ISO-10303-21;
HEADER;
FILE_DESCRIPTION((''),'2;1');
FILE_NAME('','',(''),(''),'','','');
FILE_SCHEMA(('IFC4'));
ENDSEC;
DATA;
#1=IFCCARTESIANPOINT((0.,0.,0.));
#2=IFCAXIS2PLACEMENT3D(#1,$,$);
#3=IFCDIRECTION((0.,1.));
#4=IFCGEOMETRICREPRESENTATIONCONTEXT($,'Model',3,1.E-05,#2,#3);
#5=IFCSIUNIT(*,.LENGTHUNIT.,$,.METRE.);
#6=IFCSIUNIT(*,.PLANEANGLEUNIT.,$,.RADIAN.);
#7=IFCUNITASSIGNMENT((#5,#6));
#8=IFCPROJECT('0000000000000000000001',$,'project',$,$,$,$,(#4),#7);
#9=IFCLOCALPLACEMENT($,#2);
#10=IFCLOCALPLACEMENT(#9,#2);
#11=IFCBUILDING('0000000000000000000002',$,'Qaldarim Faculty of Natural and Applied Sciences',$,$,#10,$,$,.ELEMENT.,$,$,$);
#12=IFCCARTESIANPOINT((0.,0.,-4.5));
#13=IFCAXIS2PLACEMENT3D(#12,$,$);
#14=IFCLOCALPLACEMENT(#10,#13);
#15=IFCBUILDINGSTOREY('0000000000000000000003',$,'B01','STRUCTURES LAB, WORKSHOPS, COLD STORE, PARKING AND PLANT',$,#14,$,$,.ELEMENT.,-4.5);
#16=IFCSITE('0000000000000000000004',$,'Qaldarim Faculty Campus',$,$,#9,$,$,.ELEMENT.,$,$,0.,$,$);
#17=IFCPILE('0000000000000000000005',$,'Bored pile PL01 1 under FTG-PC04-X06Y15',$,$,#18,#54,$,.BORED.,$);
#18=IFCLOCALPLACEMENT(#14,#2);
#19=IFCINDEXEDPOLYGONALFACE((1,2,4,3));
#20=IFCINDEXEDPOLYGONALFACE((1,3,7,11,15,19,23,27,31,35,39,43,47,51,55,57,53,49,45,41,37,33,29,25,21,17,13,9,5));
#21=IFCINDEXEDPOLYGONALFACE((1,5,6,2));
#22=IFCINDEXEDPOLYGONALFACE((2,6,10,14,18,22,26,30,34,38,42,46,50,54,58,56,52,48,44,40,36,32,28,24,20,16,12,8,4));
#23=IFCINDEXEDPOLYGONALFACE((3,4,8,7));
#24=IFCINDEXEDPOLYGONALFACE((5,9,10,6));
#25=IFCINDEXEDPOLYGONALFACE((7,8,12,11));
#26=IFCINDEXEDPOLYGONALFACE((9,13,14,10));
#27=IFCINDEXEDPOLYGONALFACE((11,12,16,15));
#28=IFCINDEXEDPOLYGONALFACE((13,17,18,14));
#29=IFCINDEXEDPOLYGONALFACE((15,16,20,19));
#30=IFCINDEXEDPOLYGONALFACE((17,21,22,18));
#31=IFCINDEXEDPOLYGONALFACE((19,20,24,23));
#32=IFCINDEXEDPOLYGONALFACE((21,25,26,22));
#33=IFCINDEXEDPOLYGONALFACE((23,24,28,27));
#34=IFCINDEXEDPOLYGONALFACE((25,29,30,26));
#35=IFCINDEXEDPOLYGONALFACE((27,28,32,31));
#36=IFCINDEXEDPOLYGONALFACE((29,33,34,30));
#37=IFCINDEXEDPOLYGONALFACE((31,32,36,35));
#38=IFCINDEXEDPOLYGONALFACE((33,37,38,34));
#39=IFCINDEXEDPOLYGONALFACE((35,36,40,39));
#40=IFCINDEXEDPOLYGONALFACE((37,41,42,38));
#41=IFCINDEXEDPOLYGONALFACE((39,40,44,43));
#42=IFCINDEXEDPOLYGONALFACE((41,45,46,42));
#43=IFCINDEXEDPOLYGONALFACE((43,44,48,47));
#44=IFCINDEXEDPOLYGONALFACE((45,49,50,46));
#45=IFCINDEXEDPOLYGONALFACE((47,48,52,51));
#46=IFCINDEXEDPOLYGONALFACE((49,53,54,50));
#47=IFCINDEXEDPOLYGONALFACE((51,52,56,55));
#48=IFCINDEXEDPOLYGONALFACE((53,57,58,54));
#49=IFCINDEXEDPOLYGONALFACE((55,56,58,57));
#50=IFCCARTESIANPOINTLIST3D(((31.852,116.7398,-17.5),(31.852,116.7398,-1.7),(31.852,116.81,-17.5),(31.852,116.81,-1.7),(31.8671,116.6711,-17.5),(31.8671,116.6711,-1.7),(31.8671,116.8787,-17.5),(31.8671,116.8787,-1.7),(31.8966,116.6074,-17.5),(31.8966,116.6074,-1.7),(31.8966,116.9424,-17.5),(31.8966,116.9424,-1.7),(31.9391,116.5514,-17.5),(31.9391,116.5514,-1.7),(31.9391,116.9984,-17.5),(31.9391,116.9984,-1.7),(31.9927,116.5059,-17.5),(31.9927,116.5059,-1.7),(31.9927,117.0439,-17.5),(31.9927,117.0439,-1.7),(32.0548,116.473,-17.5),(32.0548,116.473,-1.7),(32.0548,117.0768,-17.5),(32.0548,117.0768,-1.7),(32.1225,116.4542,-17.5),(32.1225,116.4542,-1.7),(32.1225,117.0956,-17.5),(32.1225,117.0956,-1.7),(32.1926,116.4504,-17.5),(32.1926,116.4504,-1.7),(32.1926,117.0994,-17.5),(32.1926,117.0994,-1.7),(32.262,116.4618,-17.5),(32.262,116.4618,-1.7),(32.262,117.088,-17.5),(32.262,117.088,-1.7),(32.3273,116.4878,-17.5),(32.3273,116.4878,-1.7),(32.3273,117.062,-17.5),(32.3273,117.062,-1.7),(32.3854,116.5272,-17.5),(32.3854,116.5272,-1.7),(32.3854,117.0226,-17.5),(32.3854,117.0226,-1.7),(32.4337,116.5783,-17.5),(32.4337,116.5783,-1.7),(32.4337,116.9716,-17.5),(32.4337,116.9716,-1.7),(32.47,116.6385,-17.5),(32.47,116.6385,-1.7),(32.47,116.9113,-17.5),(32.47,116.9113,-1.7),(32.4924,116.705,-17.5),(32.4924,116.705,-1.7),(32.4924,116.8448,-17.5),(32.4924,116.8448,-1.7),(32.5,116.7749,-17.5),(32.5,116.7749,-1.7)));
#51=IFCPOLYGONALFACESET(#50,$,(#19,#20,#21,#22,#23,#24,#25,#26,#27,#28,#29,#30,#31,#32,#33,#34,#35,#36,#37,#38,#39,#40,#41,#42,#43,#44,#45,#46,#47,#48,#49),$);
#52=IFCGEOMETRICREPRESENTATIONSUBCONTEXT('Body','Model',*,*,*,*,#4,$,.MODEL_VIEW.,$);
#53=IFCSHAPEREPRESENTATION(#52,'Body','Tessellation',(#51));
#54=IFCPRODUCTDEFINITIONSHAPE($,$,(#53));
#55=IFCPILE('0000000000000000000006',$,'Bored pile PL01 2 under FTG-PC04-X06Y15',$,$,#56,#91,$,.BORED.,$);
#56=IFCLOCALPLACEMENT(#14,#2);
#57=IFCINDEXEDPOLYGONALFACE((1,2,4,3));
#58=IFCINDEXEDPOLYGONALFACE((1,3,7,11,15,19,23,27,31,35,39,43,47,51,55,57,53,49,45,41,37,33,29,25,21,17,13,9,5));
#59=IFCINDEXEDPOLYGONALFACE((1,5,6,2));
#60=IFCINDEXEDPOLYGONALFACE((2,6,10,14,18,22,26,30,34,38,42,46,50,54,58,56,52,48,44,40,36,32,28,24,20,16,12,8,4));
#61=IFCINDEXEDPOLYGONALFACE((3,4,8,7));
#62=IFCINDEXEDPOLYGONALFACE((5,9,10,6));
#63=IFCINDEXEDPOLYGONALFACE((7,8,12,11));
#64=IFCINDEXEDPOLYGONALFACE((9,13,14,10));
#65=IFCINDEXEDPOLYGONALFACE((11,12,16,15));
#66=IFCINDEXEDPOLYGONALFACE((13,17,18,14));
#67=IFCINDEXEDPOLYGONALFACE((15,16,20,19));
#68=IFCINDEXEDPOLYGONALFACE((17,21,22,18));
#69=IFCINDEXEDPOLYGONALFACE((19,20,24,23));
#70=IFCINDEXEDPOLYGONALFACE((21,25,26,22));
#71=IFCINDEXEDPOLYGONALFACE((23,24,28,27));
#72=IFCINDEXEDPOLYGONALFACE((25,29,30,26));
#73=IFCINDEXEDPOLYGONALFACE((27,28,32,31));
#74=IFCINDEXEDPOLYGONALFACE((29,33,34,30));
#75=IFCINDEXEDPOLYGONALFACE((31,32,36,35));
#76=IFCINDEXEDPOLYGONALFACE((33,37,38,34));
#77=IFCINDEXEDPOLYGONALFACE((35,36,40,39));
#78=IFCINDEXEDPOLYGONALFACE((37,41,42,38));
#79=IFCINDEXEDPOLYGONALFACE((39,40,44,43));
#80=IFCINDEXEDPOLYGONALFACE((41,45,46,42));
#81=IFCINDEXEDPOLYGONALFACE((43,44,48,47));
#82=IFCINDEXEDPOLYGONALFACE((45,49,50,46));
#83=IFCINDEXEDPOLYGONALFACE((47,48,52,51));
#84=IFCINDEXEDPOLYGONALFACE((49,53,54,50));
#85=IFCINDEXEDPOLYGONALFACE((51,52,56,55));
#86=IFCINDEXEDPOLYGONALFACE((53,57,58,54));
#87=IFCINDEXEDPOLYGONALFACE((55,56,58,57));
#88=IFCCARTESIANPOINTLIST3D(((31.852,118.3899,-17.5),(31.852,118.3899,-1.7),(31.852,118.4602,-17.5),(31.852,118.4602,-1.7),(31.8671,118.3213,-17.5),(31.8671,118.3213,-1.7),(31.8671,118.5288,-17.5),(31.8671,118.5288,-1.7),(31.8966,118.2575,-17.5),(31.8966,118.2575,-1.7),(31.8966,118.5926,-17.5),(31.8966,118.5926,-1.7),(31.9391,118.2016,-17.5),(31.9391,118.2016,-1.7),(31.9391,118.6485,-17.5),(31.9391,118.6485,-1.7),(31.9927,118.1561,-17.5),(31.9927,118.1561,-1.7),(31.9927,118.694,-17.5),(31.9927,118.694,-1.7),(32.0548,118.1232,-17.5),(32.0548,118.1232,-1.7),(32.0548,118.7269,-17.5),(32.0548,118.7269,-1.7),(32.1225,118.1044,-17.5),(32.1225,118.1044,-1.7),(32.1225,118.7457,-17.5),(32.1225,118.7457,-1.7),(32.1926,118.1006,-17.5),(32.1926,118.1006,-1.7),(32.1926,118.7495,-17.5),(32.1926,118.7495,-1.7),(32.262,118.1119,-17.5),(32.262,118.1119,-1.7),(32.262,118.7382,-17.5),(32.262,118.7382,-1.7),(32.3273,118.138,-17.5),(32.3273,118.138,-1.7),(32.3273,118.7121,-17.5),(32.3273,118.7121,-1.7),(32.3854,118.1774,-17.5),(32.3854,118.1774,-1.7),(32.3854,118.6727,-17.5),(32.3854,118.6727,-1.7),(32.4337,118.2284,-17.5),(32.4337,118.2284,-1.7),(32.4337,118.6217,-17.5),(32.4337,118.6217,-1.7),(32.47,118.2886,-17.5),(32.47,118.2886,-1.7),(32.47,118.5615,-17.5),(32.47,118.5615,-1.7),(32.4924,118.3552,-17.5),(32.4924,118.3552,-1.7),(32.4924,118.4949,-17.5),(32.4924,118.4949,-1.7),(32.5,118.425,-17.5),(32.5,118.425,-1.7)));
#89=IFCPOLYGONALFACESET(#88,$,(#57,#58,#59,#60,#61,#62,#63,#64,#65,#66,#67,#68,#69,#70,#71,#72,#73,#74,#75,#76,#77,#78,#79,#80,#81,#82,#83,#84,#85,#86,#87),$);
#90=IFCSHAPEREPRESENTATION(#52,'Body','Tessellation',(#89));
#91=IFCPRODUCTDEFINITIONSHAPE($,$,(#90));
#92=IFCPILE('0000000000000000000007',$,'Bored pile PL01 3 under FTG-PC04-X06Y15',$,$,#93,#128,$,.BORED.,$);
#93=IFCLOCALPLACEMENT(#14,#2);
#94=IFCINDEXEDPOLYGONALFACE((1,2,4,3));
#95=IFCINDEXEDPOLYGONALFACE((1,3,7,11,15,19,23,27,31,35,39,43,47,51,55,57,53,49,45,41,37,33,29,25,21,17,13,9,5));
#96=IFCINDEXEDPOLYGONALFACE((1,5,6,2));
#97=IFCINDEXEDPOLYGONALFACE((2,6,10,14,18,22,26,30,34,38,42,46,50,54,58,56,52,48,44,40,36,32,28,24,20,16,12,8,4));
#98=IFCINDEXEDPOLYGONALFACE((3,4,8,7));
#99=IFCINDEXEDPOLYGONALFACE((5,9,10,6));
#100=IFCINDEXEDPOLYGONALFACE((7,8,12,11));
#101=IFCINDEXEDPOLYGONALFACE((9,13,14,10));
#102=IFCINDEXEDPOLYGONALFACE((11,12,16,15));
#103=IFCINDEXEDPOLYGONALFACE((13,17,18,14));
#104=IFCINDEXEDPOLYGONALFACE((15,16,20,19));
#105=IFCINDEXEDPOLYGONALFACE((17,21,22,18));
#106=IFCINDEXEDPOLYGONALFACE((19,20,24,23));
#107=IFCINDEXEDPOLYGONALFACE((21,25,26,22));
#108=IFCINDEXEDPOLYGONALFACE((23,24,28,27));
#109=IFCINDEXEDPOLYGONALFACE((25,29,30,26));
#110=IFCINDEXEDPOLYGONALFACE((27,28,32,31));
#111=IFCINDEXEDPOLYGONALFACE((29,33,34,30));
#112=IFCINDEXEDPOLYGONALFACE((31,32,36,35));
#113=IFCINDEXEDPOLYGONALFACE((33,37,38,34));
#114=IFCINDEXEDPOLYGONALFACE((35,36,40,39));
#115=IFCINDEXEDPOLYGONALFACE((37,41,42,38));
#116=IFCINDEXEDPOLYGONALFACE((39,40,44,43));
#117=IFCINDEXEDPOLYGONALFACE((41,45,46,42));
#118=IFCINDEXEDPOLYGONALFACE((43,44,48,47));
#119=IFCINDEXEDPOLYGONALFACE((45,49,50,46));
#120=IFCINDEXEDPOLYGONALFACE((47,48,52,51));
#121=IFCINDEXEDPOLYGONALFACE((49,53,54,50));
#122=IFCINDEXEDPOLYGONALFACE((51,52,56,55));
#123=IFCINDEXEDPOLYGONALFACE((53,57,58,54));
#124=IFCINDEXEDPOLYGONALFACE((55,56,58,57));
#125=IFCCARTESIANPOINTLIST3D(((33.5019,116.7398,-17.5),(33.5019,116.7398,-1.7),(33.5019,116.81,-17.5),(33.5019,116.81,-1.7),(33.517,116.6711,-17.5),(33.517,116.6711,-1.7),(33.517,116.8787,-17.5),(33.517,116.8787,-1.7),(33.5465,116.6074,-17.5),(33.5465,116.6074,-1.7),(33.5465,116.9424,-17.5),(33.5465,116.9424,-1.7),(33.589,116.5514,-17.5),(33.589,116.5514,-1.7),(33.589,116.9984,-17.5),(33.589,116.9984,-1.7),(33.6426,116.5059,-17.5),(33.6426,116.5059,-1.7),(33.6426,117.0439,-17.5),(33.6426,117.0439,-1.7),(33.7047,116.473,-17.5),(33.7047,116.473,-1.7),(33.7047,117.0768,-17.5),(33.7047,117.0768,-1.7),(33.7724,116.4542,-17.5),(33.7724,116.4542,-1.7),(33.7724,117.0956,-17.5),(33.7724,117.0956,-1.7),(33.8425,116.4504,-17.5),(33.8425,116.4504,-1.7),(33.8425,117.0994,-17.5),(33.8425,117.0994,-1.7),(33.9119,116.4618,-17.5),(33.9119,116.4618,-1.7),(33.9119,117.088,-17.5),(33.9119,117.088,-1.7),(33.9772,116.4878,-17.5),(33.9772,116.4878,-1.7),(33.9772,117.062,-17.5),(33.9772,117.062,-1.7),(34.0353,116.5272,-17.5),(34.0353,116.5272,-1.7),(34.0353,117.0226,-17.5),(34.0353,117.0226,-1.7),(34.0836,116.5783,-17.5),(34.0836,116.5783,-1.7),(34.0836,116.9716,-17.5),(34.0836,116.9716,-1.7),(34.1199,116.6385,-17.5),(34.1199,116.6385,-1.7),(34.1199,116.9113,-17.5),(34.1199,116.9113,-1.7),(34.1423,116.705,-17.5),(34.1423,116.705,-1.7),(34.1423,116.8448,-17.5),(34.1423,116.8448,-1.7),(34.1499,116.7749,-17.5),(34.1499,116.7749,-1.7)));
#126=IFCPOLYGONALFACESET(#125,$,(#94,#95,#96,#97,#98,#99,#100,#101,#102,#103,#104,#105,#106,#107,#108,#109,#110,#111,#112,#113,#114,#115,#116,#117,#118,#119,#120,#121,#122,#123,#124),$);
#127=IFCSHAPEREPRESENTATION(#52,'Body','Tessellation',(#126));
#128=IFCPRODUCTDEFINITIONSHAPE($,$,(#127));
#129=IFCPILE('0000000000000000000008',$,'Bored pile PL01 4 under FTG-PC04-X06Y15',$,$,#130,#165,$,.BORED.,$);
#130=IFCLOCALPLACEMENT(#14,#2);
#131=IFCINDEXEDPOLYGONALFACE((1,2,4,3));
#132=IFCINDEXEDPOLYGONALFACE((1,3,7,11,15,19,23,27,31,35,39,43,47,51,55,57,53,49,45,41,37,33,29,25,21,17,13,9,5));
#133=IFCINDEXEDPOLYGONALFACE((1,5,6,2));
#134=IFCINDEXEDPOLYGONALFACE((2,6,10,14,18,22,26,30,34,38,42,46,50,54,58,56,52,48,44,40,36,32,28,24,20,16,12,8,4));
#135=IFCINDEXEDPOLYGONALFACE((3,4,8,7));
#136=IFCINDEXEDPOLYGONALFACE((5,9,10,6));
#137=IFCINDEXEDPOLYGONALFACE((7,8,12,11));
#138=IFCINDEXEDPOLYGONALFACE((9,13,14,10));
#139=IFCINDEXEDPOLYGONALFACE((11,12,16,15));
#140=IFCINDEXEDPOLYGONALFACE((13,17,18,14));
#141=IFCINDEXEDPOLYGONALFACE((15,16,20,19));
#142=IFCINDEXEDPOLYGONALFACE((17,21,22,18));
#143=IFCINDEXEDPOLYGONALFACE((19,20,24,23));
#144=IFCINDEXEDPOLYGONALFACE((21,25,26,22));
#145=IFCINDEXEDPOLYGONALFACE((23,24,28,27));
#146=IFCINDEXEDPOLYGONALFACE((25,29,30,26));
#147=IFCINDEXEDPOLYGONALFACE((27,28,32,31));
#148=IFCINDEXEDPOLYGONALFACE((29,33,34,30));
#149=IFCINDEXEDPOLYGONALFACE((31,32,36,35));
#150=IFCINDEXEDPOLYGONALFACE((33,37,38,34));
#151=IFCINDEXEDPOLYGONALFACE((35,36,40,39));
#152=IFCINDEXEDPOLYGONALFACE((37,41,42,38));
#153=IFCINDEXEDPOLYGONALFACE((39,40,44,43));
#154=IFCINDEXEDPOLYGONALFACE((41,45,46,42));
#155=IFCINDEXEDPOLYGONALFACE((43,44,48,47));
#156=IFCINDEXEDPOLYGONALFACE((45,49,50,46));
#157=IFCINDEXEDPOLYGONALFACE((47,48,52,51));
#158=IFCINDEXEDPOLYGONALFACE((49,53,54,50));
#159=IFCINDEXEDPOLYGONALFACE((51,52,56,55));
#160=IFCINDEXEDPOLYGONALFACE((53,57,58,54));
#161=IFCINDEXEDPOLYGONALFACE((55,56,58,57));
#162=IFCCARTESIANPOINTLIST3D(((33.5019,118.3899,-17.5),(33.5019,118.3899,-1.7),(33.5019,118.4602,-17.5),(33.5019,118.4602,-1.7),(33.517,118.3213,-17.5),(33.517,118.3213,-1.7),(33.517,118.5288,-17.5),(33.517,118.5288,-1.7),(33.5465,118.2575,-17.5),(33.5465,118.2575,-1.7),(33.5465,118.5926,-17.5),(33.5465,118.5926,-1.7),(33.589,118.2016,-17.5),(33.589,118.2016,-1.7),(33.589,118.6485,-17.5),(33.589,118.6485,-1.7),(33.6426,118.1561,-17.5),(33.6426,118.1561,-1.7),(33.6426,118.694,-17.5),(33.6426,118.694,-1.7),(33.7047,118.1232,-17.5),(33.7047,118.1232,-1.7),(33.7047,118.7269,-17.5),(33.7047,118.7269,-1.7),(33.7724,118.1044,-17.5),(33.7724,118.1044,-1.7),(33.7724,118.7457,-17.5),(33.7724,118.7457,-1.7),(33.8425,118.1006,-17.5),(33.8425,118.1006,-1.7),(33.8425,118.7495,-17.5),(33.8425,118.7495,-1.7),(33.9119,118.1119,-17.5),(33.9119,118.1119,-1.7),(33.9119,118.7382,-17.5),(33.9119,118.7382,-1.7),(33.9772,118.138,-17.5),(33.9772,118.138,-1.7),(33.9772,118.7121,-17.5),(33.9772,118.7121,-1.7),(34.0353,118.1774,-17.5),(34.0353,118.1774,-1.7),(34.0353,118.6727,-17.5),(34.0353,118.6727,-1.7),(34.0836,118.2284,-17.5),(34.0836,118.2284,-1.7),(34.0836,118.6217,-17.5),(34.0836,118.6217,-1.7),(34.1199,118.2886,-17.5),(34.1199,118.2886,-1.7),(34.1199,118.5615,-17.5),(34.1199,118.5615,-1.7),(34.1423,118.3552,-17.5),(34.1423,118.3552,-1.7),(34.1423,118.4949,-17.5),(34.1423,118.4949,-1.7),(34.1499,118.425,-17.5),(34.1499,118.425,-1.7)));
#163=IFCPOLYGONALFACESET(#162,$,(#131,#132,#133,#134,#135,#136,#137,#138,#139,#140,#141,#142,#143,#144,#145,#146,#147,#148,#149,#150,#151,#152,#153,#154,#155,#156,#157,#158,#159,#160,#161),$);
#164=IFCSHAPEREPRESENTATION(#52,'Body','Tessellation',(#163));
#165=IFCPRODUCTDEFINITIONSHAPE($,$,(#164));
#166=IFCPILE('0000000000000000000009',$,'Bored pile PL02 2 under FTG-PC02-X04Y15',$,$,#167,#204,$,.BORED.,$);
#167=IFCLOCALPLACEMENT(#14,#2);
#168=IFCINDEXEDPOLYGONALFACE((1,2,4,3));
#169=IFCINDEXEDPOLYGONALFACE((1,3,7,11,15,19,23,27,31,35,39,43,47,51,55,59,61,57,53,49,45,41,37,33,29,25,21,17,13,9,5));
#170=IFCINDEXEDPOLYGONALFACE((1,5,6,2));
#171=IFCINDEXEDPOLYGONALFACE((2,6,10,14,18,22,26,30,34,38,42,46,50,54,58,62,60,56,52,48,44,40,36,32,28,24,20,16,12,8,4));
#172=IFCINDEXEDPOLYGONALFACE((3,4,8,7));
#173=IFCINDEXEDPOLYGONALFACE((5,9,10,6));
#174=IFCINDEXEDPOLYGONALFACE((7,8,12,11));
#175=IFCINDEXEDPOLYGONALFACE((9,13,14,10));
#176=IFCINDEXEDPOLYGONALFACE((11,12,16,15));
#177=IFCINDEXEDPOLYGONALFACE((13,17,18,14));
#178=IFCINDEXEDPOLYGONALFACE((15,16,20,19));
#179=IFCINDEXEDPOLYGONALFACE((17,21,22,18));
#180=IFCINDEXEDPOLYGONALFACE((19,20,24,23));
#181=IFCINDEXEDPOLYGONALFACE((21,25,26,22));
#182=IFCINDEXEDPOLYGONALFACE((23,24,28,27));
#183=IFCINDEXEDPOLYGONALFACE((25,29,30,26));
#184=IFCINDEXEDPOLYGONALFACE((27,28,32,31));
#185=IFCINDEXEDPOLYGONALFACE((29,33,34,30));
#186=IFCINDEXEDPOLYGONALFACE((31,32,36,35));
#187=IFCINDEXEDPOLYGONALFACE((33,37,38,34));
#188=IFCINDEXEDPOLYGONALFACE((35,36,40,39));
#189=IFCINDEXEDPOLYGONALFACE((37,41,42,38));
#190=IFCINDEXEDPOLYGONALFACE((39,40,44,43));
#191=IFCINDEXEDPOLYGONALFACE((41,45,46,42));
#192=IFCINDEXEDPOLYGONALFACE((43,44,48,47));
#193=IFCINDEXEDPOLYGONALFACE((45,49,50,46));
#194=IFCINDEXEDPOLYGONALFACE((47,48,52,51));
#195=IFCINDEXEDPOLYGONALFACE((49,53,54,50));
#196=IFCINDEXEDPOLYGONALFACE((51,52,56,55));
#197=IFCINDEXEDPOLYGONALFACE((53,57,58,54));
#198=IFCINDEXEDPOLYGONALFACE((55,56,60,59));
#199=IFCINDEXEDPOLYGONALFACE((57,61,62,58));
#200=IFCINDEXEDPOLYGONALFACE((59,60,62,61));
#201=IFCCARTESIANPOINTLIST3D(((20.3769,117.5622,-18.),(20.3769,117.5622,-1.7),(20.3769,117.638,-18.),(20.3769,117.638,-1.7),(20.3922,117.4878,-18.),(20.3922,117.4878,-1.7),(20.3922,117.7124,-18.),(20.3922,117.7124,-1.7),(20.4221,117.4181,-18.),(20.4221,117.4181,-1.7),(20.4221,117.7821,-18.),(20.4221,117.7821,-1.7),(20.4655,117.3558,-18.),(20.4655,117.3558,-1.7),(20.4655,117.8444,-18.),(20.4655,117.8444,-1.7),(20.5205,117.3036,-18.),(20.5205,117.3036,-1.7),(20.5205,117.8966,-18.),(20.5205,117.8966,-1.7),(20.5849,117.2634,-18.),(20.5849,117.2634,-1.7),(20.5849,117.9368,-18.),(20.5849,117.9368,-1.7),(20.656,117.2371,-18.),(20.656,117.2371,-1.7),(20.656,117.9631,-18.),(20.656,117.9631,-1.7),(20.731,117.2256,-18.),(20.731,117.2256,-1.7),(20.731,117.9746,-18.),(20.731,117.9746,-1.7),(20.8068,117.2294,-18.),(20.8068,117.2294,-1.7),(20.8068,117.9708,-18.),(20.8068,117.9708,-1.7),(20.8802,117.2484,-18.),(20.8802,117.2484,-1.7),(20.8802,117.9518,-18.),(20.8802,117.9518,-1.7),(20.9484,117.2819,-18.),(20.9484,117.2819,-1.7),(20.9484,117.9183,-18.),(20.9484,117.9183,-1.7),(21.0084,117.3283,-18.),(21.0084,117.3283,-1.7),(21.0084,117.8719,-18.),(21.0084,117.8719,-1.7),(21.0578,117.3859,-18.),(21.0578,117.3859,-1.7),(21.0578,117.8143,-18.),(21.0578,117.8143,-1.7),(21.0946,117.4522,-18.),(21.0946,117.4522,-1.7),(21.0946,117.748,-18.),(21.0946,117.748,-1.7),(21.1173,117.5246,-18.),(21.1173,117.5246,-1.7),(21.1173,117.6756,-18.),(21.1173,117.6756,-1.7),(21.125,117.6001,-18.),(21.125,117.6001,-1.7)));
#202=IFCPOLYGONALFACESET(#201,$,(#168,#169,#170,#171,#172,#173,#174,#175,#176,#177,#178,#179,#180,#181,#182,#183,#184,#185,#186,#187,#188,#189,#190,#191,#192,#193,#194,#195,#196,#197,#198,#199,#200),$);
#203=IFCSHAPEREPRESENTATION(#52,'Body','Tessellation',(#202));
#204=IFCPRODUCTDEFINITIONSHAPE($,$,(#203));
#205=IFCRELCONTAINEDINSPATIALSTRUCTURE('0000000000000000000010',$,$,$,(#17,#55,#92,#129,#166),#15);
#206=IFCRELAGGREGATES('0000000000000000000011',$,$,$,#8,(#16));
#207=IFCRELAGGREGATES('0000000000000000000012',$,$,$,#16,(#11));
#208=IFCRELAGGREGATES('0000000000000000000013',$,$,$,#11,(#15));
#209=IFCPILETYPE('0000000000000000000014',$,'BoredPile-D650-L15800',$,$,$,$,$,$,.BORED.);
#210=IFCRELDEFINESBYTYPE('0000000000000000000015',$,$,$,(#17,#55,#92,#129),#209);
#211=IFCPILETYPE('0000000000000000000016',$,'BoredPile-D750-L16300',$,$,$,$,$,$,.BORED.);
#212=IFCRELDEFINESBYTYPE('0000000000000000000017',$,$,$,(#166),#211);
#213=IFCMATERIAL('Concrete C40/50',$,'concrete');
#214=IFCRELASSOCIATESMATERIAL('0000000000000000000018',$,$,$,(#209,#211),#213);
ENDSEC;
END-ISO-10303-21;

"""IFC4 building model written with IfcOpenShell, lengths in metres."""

from ifc_helpers import new_model, si_unit, direction, frame, origin, origin_2d, place, context, subcontext, project, spatial, circle, extrude, material, material_profile, profile_set, type_object, element, save


model = new_model("IFC4")

# Units and contexts
model_context = context("Model", 3, precision=1e-05, world=origin(), true_north=direction((0.0, 1.0)))
body_context = subcontext(model_context, "Body", "Model", "MODEL_VIEW")
ifc_project = project(units=[si_unit("LENGTHUNIT", "METRE"), si_unit("PLANEANGLEUNIT", "RADIAN")], contexts=[model_context])

# Site, building, storey
site_placement = place(None, origin())
site = spatial("IfcSite", under=ifc_project, at=site_placement, Name="Qaldarim Faculty Campus", CompositionType="ELEMENT", RefElevation=0.0)
building_placement = place(site_placement, origin())
building = spatial("IfcBuilding", under=site, at=building_placement, Name="Qaldarim Faculty of Natural and Applied Sciences", CompositionType="ELEMENT")
storey_placement = place(building_placement, frame((0.0, 0.0, -4.5)))
storey = spatial("IfcBuildingStorey", under=building, at=storey_placement, Name="B01", Description="STRUCTURES LAB, WORKSHOPS, COLD STORE, PARKING AND PLANT", CompositionType="ELEMENT", Elevation=-4.5)

# Piles
ifc_material_1 = material(Name="Concrete C40/50", Category="concrete")
ifc_material_profile_1 = material_profile(ifc_material_1, circle(Radius=0.325, at=origin_2d()), Name="PILE-D650")
ifc_profile_set_1 = profile_set([ifc_material_profile_1], Name="Concrete C40/50")
pile_type_1 = type_object("IfcPileType", Name="BoredPile-D650-L15800", PredefinedType="BORED", material=ifc_profile_set_1)
for number, where, z_axis, x_axis, name in (
    (1, (32.175, 116.7749, -1.7), (0.0, 0.0, -1.0), (1.0, 0.0, 0.0), "Bored pile PL01 1 under FTG-PC04-X06Y15"),
    (2, (32.175, 118.425, -1.7), (0.0, 0.0, -1.0), (1.0, 0.0, 0.0), "Bored pile PL01 2 under FTG-PC04-X06Y15"),
    (3, (33.825, 116.7749, -1.7), (0.0, 0.0, -1.0), (1.0, 0.0, 0.0), "Bored pile PL01 3 under FTG-PC04-X06Y15"),
    (4, (33.825, 118.425, -1.7), (0.0, 0.0, -1.0), (1.0, 0.0, 0.0), "Bored pile PL01 4 under FTG-PC04-X06Y15"),
):
    element("IfcPile", number, at=place(storey_placement, frame(where, z_axis=z_axis, x_axis=x_axis)), inside=storey, type_object=pile_type_1, Name=name, PredefinedType="BORED", context=body_context, shape_type="SweptSolid", body=[
        extrude(circle(Radius=0.325, at=origin_2d()), origin(), (0.0, 0.0, 1.0), 15.8),
    ])
ifc_material_profile_2 = material_profile(ifc_material_1, circle(Radius=0.375, at=origin_2d()), Name="PILE-D750")
ifc_profile_set_2 = profile_set([ifc_material_profile_2], Name="Concrete C40/50")
pile_type_2 = type_object("IfcPileType", Name="BoredPile-D750-L16300", PredefinedType="BORED", material=ifc_profile_set_2)
pile_placement = place(storey_placement, frame((20.75, 117.6001, -1.7), z_axis=(0.0, 0.0, -1.0), x_axis=(1.0, 0.0, 0.0)))
element("IfcPile", 5, at=pile_placement, inside=storey, type_object=pile_type_2, Name="Bored pile PL02 2 under FTG-PC02-X04Y15", PredefinedType="BORED", context=body_context, shape_type="SweptSolid", body=[
    extrude(circle(Radius=0.375, at=origin_2d()), origin(), (0.0, 0.0, 1.0), 16.3),
])

save(model, "model.ifc")
